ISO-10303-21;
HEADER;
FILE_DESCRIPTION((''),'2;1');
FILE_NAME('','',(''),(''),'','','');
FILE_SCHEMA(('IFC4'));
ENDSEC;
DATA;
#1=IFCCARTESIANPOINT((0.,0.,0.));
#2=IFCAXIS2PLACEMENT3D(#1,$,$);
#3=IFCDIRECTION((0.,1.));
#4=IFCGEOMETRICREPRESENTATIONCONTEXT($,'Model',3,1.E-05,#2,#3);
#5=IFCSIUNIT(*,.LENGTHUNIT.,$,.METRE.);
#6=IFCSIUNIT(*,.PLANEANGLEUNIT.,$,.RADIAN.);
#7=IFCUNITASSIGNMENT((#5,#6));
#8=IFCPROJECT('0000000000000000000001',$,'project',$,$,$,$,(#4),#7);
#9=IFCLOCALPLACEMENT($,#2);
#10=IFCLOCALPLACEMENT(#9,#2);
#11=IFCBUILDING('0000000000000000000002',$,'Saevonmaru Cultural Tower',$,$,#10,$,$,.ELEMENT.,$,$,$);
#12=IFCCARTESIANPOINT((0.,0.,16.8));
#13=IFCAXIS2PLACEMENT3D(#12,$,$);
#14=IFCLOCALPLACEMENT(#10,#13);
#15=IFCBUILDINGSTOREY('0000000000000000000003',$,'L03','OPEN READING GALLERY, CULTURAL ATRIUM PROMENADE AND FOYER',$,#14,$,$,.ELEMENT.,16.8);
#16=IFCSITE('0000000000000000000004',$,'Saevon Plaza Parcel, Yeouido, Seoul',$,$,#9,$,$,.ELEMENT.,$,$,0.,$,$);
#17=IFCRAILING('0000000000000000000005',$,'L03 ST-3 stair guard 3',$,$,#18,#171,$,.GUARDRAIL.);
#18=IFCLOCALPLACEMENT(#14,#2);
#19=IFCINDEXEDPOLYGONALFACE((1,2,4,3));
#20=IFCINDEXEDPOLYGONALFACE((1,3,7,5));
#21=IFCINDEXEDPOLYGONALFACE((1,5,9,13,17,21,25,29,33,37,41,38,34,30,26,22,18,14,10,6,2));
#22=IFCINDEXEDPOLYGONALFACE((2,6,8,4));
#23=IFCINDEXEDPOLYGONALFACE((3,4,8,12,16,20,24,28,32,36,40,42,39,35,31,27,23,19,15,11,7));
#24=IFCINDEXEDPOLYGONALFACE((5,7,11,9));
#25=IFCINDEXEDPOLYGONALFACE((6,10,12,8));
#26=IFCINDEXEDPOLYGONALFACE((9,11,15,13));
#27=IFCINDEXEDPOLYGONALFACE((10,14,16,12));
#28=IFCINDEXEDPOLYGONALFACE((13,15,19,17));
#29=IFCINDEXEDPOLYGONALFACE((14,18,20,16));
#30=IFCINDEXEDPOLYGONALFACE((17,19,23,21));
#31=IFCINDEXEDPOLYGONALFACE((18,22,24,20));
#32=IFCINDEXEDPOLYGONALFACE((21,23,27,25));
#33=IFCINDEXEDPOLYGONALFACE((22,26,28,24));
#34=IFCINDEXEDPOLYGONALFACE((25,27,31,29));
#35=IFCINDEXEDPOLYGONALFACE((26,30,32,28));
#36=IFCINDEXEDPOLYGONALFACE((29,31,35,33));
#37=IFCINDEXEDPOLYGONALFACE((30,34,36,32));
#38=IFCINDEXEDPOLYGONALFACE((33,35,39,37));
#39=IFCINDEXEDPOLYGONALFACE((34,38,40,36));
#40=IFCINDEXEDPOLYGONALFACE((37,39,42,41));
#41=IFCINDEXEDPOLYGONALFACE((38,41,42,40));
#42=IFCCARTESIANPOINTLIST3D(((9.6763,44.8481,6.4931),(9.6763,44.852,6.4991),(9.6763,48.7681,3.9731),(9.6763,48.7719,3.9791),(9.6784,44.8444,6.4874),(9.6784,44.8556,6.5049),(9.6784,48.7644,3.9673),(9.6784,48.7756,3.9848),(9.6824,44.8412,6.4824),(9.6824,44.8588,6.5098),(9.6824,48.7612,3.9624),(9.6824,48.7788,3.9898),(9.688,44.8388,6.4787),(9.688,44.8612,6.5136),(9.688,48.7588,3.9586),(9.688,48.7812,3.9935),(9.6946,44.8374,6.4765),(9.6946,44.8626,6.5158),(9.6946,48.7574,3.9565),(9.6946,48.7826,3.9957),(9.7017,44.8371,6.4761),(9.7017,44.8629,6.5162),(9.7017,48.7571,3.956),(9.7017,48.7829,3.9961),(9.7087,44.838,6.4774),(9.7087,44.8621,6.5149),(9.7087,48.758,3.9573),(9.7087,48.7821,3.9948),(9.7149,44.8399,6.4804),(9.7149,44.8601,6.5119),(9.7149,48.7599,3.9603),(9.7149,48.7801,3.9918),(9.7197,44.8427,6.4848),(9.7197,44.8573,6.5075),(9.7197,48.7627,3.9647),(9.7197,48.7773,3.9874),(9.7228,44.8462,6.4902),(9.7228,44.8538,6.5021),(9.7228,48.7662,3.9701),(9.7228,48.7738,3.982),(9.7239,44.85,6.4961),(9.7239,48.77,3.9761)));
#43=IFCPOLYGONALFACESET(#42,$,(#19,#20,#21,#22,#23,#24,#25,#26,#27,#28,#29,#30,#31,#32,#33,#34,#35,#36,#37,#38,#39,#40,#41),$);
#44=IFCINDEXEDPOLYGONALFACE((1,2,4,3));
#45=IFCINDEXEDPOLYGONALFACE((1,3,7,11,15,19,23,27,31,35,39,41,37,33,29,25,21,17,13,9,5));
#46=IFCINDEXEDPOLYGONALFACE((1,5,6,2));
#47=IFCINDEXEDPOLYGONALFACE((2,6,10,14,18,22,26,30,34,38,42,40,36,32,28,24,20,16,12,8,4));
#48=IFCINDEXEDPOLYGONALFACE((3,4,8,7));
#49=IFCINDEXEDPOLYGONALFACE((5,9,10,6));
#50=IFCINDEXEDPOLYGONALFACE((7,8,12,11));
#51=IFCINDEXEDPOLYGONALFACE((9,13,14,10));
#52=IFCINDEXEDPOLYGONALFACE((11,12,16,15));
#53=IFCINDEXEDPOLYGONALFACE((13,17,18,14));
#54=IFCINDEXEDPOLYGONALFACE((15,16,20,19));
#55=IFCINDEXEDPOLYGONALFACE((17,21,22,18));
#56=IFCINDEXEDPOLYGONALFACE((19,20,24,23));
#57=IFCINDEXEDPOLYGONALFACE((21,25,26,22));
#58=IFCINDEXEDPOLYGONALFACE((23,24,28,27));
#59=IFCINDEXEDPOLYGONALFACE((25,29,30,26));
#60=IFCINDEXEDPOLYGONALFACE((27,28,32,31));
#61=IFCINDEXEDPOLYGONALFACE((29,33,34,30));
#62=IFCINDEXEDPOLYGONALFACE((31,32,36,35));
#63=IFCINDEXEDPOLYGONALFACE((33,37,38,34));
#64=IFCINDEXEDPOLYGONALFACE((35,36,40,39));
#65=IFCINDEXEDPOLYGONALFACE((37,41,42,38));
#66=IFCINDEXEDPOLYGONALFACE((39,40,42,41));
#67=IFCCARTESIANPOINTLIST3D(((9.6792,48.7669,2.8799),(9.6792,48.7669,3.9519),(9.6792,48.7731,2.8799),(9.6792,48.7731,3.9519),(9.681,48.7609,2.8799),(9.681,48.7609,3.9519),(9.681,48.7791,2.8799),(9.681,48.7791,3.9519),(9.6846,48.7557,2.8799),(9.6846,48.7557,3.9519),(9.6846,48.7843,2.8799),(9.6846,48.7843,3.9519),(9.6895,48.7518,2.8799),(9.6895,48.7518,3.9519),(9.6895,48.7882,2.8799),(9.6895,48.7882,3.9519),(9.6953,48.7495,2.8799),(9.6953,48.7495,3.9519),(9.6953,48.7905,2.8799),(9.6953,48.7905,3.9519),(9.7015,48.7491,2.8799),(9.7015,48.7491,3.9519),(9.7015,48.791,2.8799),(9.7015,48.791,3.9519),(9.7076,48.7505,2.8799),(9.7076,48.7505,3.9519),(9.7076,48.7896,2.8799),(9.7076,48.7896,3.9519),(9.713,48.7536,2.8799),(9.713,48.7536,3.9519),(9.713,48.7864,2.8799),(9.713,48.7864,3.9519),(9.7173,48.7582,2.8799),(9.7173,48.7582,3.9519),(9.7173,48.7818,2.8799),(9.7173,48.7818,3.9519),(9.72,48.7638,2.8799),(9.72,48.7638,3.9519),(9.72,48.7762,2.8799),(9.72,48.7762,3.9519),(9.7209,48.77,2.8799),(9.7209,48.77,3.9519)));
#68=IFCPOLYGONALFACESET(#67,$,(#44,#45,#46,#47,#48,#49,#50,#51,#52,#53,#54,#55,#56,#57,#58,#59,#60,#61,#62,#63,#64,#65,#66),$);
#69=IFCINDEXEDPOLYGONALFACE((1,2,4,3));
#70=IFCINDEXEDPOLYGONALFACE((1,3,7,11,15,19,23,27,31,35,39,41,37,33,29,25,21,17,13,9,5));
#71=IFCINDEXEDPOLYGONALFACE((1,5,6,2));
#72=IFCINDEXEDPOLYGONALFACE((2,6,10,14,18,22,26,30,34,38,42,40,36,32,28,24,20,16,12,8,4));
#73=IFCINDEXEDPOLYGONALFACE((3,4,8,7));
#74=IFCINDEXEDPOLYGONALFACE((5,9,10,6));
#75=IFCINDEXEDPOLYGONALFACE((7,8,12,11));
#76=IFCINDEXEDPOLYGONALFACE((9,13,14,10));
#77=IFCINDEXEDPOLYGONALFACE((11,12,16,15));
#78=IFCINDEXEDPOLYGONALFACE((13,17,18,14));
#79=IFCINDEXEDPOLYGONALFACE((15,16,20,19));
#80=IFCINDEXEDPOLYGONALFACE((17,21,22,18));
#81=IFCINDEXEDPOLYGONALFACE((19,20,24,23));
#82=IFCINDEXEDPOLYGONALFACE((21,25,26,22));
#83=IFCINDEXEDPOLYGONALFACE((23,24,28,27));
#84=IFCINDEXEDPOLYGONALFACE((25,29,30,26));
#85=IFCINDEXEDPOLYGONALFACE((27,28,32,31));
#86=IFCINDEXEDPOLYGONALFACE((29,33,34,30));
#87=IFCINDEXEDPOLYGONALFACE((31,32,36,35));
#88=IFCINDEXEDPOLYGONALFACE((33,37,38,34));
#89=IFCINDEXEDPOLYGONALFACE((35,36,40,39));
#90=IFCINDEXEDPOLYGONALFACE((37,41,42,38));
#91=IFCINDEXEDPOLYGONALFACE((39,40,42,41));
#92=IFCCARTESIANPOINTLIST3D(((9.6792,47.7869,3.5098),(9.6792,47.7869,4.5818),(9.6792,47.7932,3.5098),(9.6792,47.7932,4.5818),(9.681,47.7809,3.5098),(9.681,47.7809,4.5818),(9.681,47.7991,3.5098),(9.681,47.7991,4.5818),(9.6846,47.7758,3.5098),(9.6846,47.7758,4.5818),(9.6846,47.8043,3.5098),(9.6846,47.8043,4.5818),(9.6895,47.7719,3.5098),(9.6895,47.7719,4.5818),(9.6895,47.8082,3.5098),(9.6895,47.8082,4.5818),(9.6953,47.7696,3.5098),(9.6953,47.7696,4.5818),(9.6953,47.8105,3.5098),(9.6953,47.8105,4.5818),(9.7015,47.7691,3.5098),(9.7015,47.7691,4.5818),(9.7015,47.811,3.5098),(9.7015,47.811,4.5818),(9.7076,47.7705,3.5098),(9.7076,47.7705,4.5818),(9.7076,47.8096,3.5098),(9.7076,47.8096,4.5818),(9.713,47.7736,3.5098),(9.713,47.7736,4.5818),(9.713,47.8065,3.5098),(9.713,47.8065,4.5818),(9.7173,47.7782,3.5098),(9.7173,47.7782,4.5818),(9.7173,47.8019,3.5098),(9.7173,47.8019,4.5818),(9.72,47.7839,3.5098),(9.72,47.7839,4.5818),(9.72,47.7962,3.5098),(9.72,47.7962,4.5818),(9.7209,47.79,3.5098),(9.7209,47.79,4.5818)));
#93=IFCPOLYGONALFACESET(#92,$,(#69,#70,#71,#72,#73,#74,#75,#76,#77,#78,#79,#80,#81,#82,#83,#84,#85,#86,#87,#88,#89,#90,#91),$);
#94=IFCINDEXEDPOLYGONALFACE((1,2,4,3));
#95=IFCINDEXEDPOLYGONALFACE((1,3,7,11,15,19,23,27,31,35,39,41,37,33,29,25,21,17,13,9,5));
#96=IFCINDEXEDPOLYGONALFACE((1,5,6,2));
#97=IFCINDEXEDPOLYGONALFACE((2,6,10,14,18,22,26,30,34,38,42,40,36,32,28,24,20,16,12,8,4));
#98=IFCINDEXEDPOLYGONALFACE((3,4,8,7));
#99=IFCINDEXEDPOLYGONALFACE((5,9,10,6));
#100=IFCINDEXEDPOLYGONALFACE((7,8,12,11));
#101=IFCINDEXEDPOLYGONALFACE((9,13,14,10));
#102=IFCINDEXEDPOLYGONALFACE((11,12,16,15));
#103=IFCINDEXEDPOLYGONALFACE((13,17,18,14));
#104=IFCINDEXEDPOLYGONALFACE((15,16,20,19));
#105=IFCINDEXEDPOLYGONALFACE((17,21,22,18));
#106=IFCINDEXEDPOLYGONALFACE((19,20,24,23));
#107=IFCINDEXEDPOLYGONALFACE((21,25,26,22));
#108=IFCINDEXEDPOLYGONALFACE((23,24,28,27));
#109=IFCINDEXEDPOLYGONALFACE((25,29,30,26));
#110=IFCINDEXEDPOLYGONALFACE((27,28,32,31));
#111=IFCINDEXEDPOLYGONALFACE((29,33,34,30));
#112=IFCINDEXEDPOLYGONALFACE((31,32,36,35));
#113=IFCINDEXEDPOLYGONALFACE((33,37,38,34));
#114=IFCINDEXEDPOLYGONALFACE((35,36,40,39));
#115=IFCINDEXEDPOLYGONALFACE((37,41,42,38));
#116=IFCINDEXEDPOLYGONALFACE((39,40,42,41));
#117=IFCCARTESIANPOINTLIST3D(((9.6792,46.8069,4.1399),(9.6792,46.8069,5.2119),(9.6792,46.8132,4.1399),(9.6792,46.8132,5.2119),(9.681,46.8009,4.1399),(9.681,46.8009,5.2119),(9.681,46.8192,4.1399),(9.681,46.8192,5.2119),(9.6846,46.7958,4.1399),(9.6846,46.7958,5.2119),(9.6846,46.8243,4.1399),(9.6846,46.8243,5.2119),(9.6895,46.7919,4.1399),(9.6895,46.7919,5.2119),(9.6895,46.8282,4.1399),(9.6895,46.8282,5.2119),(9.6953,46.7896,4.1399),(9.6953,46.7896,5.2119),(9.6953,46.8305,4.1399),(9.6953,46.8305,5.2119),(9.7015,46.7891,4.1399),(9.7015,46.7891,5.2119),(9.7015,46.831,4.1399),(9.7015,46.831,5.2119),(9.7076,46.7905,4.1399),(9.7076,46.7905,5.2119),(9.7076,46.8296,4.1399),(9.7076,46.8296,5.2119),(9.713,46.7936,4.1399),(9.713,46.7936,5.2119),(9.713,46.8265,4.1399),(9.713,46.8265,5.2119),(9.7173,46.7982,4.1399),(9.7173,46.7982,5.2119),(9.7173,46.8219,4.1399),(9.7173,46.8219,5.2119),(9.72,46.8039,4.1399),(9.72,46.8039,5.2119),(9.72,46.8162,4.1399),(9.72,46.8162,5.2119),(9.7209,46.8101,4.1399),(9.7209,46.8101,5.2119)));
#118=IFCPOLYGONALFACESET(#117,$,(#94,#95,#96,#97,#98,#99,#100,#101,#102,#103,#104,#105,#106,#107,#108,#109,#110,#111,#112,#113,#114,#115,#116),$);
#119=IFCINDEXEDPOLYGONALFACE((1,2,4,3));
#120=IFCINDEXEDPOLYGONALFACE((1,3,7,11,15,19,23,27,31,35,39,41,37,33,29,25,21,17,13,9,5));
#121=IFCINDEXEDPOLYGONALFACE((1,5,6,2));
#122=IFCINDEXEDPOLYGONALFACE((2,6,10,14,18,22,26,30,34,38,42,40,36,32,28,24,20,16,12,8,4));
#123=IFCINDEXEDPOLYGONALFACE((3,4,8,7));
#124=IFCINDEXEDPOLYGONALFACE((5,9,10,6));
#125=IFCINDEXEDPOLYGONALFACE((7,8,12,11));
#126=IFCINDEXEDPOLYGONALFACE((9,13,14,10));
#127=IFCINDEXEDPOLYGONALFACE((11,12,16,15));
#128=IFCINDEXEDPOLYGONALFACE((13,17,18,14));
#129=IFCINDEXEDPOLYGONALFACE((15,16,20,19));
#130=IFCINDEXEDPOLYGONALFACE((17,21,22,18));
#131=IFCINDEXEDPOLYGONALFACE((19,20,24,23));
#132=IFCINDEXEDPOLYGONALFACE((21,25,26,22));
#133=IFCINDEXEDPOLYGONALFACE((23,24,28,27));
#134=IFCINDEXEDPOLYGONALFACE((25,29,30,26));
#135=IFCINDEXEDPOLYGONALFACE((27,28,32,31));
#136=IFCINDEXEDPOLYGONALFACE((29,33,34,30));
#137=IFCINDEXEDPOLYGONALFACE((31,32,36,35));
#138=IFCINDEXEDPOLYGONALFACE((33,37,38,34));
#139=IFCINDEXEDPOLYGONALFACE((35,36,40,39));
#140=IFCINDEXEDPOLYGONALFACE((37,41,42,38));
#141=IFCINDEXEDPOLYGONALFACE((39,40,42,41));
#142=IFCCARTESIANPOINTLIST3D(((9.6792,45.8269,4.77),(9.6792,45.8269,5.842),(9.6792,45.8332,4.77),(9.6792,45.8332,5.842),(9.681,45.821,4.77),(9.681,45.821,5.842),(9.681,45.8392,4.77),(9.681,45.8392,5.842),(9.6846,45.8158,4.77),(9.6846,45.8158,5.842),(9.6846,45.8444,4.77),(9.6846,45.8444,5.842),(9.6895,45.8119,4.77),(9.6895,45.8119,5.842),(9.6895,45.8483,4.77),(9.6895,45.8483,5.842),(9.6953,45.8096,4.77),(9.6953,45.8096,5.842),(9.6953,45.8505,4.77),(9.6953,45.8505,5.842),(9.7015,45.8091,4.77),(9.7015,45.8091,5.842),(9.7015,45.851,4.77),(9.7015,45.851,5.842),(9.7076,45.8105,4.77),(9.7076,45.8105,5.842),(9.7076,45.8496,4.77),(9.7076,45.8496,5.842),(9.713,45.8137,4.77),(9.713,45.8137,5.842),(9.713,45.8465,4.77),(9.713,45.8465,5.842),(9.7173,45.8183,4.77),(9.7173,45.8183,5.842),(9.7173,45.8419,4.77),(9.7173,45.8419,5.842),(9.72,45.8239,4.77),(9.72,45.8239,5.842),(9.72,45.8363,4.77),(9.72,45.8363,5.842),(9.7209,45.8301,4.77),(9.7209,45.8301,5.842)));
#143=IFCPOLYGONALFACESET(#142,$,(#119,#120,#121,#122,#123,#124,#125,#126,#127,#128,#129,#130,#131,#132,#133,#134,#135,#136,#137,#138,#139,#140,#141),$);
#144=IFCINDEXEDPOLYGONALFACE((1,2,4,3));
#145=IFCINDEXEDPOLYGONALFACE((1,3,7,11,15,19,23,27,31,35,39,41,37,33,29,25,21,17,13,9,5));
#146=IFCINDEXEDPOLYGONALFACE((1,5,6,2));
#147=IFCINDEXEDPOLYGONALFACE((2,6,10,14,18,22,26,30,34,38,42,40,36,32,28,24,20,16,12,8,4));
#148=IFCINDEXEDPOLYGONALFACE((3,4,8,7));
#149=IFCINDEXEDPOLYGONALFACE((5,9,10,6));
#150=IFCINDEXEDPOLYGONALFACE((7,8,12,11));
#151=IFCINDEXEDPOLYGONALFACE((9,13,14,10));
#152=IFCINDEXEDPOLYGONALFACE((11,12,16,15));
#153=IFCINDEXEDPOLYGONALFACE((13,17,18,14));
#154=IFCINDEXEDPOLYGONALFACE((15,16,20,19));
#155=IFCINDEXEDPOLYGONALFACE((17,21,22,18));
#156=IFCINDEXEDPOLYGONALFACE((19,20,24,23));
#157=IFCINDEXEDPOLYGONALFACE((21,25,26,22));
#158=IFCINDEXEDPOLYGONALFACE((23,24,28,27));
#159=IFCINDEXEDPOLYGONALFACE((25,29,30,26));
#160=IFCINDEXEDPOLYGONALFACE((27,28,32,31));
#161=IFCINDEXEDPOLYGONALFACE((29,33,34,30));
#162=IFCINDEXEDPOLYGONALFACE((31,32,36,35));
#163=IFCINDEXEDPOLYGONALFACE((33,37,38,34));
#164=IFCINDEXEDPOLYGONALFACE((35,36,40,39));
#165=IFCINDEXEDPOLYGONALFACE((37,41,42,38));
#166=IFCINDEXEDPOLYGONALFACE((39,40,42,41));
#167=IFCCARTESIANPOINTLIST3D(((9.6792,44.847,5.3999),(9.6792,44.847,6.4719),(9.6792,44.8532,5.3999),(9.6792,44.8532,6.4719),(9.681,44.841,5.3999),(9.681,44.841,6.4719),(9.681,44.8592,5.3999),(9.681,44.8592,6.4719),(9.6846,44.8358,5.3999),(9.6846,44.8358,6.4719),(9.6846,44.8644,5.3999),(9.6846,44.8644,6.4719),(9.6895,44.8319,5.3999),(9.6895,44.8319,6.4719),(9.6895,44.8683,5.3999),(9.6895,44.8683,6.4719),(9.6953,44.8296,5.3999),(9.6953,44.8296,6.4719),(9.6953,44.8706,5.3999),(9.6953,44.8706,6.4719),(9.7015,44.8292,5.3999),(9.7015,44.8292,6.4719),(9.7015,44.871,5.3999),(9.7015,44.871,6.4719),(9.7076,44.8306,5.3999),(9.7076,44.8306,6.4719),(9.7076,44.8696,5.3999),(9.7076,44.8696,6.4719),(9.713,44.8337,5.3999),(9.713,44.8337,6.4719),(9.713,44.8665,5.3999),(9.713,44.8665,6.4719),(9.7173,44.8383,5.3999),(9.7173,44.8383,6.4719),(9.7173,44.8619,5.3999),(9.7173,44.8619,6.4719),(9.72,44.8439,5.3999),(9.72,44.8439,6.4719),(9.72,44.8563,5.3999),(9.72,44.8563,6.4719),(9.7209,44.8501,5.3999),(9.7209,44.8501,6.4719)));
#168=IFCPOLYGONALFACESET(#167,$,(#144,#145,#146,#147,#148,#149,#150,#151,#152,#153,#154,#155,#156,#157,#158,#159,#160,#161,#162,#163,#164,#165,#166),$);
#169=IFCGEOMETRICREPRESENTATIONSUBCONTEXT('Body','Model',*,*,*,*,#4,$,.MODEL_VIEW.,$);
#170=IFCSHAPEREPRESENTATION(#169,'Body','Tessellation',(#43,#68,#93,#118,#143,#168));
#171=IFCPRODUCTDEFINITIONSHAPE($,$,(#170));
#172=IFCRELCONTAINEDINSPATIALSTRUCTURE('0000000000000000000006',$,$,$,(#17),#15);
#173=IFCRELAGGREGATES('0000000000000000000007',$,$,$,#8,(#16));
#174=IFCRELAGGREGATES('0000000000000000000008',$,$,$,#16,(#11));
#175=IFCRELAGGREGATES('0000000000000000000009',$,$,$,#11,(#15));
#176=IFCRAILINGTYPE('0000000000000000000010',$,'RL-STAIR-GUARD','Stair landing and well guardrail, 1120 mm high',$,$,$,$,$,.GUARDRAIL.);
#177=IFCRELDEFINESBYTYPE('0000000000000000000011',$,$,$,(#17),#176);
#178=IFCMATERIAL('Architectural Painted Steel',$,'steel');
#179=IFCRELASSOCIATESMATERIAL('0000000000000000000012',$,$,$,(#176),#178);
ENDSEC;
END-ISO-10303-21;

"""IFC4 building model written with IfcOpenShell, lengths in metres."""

from ifc_helpers import new_model, si_unit, direction, frame, origin, origin_2d, place, context, subcontext, project, spatial, circle, extrude, material, type_object, element, save


model = new_model("IFC4")

# Units and contexts
model_context = context("Model", 3, precision=1e-05, world=origin(), true_north=direction((0.0, 1.0)))
body_context = subcontext(model_context, "Body", "Model", "MODEL_VIEW")
ifc_project = project(units=[si_unit("LENGTHUNIT", "METRE"), si_unit("PLANEANGLEUNIT", "RADIAN")], contexts=[model_context])

# Site, building, storey
site_placement = place(None, origin())
site = spatial("IfcSite", under=ifc_project, at=site_placement, Name="Saevon Plaza Parcel, Yeouido, Seoul", CompositionType="ELEMENT", RefElevation=0.0)
building_placement = place(site_placement, origin())
building = spatial("IfcBuilding", under=site, at=building_placement, Name="Saevonmaru Cultural Tower", CompositionType="ELEMENT")
storey_placement = place(building_placement, frame((0.0, 0.0, 16.8)))
storey = spatial("IfcBuildingStorey", under=building, at=storey_placement, Name="L03", Description="OPEN READING GALLERY, CULTURAL ATRIUM PROMENADE AND FOYER", CompositionType="ELEMENT", Elevation=16.8)

# Railing
ifc_material_1 = material(Name="Architectural Painted Steel", Category="steel")
railing_type_1 = type_object("IfcRailingType", Name="RL-STAIR-GUARD", Description="Stair landing and well guardrail, 1120 mm high", PredefinedType="GUARDRAIL", material=ifc_material_1)
railing_1_placement = place(storey_placement, frame((9.7, 48.77, 2.8799)))
element("IfcRailing", 1, at=railing_1_placement, inside=storey, type_object=railing_type_1, Name="L03 ST-3 stair guard 3", PredefinedType="GUARDRAIL", context=body_context, shape_type="SweptSolid", body=[
    extrude(circle(Radius=0.0239, at=origin_2d()), frame((0.0, 0.0, 1.0962), z_axis=(0.0, -0.841172, 0.540768), x_axis=(1.0, 0.0, 0.0)), (0.0, 0.0, 1.0), 4.6602),
    extrude(circle(Radius=0.021, at=origin_2d()), origin(), (0.0, 0.0, 1.0), 1.072),
    extrude(circle(Radius=0.021, at=origin_2d()), frame((0.0, -0.98, 0.6299)), (0.0, 0.0, 1.0), 1.072),
    extrude(circle(Radius=0.021, at=origin_2d()), frame((0.0, -1.96, 1.26)), (0.0, 0.0, 1.0), 1.072),
    extrude(circle(Radius=0.021, at=origin_2d()), frame((0.0, -2.9399, 1.8901)), (0.0, 0.0, 1.0), 1.072),
    extrude(circle(Radius=0.021, at=origin_2d()), frame((0.0, -3.9199, 2.52)), (0.0, 0.0, 1.0), 1.072),
])

save(model, "model.ifc")
